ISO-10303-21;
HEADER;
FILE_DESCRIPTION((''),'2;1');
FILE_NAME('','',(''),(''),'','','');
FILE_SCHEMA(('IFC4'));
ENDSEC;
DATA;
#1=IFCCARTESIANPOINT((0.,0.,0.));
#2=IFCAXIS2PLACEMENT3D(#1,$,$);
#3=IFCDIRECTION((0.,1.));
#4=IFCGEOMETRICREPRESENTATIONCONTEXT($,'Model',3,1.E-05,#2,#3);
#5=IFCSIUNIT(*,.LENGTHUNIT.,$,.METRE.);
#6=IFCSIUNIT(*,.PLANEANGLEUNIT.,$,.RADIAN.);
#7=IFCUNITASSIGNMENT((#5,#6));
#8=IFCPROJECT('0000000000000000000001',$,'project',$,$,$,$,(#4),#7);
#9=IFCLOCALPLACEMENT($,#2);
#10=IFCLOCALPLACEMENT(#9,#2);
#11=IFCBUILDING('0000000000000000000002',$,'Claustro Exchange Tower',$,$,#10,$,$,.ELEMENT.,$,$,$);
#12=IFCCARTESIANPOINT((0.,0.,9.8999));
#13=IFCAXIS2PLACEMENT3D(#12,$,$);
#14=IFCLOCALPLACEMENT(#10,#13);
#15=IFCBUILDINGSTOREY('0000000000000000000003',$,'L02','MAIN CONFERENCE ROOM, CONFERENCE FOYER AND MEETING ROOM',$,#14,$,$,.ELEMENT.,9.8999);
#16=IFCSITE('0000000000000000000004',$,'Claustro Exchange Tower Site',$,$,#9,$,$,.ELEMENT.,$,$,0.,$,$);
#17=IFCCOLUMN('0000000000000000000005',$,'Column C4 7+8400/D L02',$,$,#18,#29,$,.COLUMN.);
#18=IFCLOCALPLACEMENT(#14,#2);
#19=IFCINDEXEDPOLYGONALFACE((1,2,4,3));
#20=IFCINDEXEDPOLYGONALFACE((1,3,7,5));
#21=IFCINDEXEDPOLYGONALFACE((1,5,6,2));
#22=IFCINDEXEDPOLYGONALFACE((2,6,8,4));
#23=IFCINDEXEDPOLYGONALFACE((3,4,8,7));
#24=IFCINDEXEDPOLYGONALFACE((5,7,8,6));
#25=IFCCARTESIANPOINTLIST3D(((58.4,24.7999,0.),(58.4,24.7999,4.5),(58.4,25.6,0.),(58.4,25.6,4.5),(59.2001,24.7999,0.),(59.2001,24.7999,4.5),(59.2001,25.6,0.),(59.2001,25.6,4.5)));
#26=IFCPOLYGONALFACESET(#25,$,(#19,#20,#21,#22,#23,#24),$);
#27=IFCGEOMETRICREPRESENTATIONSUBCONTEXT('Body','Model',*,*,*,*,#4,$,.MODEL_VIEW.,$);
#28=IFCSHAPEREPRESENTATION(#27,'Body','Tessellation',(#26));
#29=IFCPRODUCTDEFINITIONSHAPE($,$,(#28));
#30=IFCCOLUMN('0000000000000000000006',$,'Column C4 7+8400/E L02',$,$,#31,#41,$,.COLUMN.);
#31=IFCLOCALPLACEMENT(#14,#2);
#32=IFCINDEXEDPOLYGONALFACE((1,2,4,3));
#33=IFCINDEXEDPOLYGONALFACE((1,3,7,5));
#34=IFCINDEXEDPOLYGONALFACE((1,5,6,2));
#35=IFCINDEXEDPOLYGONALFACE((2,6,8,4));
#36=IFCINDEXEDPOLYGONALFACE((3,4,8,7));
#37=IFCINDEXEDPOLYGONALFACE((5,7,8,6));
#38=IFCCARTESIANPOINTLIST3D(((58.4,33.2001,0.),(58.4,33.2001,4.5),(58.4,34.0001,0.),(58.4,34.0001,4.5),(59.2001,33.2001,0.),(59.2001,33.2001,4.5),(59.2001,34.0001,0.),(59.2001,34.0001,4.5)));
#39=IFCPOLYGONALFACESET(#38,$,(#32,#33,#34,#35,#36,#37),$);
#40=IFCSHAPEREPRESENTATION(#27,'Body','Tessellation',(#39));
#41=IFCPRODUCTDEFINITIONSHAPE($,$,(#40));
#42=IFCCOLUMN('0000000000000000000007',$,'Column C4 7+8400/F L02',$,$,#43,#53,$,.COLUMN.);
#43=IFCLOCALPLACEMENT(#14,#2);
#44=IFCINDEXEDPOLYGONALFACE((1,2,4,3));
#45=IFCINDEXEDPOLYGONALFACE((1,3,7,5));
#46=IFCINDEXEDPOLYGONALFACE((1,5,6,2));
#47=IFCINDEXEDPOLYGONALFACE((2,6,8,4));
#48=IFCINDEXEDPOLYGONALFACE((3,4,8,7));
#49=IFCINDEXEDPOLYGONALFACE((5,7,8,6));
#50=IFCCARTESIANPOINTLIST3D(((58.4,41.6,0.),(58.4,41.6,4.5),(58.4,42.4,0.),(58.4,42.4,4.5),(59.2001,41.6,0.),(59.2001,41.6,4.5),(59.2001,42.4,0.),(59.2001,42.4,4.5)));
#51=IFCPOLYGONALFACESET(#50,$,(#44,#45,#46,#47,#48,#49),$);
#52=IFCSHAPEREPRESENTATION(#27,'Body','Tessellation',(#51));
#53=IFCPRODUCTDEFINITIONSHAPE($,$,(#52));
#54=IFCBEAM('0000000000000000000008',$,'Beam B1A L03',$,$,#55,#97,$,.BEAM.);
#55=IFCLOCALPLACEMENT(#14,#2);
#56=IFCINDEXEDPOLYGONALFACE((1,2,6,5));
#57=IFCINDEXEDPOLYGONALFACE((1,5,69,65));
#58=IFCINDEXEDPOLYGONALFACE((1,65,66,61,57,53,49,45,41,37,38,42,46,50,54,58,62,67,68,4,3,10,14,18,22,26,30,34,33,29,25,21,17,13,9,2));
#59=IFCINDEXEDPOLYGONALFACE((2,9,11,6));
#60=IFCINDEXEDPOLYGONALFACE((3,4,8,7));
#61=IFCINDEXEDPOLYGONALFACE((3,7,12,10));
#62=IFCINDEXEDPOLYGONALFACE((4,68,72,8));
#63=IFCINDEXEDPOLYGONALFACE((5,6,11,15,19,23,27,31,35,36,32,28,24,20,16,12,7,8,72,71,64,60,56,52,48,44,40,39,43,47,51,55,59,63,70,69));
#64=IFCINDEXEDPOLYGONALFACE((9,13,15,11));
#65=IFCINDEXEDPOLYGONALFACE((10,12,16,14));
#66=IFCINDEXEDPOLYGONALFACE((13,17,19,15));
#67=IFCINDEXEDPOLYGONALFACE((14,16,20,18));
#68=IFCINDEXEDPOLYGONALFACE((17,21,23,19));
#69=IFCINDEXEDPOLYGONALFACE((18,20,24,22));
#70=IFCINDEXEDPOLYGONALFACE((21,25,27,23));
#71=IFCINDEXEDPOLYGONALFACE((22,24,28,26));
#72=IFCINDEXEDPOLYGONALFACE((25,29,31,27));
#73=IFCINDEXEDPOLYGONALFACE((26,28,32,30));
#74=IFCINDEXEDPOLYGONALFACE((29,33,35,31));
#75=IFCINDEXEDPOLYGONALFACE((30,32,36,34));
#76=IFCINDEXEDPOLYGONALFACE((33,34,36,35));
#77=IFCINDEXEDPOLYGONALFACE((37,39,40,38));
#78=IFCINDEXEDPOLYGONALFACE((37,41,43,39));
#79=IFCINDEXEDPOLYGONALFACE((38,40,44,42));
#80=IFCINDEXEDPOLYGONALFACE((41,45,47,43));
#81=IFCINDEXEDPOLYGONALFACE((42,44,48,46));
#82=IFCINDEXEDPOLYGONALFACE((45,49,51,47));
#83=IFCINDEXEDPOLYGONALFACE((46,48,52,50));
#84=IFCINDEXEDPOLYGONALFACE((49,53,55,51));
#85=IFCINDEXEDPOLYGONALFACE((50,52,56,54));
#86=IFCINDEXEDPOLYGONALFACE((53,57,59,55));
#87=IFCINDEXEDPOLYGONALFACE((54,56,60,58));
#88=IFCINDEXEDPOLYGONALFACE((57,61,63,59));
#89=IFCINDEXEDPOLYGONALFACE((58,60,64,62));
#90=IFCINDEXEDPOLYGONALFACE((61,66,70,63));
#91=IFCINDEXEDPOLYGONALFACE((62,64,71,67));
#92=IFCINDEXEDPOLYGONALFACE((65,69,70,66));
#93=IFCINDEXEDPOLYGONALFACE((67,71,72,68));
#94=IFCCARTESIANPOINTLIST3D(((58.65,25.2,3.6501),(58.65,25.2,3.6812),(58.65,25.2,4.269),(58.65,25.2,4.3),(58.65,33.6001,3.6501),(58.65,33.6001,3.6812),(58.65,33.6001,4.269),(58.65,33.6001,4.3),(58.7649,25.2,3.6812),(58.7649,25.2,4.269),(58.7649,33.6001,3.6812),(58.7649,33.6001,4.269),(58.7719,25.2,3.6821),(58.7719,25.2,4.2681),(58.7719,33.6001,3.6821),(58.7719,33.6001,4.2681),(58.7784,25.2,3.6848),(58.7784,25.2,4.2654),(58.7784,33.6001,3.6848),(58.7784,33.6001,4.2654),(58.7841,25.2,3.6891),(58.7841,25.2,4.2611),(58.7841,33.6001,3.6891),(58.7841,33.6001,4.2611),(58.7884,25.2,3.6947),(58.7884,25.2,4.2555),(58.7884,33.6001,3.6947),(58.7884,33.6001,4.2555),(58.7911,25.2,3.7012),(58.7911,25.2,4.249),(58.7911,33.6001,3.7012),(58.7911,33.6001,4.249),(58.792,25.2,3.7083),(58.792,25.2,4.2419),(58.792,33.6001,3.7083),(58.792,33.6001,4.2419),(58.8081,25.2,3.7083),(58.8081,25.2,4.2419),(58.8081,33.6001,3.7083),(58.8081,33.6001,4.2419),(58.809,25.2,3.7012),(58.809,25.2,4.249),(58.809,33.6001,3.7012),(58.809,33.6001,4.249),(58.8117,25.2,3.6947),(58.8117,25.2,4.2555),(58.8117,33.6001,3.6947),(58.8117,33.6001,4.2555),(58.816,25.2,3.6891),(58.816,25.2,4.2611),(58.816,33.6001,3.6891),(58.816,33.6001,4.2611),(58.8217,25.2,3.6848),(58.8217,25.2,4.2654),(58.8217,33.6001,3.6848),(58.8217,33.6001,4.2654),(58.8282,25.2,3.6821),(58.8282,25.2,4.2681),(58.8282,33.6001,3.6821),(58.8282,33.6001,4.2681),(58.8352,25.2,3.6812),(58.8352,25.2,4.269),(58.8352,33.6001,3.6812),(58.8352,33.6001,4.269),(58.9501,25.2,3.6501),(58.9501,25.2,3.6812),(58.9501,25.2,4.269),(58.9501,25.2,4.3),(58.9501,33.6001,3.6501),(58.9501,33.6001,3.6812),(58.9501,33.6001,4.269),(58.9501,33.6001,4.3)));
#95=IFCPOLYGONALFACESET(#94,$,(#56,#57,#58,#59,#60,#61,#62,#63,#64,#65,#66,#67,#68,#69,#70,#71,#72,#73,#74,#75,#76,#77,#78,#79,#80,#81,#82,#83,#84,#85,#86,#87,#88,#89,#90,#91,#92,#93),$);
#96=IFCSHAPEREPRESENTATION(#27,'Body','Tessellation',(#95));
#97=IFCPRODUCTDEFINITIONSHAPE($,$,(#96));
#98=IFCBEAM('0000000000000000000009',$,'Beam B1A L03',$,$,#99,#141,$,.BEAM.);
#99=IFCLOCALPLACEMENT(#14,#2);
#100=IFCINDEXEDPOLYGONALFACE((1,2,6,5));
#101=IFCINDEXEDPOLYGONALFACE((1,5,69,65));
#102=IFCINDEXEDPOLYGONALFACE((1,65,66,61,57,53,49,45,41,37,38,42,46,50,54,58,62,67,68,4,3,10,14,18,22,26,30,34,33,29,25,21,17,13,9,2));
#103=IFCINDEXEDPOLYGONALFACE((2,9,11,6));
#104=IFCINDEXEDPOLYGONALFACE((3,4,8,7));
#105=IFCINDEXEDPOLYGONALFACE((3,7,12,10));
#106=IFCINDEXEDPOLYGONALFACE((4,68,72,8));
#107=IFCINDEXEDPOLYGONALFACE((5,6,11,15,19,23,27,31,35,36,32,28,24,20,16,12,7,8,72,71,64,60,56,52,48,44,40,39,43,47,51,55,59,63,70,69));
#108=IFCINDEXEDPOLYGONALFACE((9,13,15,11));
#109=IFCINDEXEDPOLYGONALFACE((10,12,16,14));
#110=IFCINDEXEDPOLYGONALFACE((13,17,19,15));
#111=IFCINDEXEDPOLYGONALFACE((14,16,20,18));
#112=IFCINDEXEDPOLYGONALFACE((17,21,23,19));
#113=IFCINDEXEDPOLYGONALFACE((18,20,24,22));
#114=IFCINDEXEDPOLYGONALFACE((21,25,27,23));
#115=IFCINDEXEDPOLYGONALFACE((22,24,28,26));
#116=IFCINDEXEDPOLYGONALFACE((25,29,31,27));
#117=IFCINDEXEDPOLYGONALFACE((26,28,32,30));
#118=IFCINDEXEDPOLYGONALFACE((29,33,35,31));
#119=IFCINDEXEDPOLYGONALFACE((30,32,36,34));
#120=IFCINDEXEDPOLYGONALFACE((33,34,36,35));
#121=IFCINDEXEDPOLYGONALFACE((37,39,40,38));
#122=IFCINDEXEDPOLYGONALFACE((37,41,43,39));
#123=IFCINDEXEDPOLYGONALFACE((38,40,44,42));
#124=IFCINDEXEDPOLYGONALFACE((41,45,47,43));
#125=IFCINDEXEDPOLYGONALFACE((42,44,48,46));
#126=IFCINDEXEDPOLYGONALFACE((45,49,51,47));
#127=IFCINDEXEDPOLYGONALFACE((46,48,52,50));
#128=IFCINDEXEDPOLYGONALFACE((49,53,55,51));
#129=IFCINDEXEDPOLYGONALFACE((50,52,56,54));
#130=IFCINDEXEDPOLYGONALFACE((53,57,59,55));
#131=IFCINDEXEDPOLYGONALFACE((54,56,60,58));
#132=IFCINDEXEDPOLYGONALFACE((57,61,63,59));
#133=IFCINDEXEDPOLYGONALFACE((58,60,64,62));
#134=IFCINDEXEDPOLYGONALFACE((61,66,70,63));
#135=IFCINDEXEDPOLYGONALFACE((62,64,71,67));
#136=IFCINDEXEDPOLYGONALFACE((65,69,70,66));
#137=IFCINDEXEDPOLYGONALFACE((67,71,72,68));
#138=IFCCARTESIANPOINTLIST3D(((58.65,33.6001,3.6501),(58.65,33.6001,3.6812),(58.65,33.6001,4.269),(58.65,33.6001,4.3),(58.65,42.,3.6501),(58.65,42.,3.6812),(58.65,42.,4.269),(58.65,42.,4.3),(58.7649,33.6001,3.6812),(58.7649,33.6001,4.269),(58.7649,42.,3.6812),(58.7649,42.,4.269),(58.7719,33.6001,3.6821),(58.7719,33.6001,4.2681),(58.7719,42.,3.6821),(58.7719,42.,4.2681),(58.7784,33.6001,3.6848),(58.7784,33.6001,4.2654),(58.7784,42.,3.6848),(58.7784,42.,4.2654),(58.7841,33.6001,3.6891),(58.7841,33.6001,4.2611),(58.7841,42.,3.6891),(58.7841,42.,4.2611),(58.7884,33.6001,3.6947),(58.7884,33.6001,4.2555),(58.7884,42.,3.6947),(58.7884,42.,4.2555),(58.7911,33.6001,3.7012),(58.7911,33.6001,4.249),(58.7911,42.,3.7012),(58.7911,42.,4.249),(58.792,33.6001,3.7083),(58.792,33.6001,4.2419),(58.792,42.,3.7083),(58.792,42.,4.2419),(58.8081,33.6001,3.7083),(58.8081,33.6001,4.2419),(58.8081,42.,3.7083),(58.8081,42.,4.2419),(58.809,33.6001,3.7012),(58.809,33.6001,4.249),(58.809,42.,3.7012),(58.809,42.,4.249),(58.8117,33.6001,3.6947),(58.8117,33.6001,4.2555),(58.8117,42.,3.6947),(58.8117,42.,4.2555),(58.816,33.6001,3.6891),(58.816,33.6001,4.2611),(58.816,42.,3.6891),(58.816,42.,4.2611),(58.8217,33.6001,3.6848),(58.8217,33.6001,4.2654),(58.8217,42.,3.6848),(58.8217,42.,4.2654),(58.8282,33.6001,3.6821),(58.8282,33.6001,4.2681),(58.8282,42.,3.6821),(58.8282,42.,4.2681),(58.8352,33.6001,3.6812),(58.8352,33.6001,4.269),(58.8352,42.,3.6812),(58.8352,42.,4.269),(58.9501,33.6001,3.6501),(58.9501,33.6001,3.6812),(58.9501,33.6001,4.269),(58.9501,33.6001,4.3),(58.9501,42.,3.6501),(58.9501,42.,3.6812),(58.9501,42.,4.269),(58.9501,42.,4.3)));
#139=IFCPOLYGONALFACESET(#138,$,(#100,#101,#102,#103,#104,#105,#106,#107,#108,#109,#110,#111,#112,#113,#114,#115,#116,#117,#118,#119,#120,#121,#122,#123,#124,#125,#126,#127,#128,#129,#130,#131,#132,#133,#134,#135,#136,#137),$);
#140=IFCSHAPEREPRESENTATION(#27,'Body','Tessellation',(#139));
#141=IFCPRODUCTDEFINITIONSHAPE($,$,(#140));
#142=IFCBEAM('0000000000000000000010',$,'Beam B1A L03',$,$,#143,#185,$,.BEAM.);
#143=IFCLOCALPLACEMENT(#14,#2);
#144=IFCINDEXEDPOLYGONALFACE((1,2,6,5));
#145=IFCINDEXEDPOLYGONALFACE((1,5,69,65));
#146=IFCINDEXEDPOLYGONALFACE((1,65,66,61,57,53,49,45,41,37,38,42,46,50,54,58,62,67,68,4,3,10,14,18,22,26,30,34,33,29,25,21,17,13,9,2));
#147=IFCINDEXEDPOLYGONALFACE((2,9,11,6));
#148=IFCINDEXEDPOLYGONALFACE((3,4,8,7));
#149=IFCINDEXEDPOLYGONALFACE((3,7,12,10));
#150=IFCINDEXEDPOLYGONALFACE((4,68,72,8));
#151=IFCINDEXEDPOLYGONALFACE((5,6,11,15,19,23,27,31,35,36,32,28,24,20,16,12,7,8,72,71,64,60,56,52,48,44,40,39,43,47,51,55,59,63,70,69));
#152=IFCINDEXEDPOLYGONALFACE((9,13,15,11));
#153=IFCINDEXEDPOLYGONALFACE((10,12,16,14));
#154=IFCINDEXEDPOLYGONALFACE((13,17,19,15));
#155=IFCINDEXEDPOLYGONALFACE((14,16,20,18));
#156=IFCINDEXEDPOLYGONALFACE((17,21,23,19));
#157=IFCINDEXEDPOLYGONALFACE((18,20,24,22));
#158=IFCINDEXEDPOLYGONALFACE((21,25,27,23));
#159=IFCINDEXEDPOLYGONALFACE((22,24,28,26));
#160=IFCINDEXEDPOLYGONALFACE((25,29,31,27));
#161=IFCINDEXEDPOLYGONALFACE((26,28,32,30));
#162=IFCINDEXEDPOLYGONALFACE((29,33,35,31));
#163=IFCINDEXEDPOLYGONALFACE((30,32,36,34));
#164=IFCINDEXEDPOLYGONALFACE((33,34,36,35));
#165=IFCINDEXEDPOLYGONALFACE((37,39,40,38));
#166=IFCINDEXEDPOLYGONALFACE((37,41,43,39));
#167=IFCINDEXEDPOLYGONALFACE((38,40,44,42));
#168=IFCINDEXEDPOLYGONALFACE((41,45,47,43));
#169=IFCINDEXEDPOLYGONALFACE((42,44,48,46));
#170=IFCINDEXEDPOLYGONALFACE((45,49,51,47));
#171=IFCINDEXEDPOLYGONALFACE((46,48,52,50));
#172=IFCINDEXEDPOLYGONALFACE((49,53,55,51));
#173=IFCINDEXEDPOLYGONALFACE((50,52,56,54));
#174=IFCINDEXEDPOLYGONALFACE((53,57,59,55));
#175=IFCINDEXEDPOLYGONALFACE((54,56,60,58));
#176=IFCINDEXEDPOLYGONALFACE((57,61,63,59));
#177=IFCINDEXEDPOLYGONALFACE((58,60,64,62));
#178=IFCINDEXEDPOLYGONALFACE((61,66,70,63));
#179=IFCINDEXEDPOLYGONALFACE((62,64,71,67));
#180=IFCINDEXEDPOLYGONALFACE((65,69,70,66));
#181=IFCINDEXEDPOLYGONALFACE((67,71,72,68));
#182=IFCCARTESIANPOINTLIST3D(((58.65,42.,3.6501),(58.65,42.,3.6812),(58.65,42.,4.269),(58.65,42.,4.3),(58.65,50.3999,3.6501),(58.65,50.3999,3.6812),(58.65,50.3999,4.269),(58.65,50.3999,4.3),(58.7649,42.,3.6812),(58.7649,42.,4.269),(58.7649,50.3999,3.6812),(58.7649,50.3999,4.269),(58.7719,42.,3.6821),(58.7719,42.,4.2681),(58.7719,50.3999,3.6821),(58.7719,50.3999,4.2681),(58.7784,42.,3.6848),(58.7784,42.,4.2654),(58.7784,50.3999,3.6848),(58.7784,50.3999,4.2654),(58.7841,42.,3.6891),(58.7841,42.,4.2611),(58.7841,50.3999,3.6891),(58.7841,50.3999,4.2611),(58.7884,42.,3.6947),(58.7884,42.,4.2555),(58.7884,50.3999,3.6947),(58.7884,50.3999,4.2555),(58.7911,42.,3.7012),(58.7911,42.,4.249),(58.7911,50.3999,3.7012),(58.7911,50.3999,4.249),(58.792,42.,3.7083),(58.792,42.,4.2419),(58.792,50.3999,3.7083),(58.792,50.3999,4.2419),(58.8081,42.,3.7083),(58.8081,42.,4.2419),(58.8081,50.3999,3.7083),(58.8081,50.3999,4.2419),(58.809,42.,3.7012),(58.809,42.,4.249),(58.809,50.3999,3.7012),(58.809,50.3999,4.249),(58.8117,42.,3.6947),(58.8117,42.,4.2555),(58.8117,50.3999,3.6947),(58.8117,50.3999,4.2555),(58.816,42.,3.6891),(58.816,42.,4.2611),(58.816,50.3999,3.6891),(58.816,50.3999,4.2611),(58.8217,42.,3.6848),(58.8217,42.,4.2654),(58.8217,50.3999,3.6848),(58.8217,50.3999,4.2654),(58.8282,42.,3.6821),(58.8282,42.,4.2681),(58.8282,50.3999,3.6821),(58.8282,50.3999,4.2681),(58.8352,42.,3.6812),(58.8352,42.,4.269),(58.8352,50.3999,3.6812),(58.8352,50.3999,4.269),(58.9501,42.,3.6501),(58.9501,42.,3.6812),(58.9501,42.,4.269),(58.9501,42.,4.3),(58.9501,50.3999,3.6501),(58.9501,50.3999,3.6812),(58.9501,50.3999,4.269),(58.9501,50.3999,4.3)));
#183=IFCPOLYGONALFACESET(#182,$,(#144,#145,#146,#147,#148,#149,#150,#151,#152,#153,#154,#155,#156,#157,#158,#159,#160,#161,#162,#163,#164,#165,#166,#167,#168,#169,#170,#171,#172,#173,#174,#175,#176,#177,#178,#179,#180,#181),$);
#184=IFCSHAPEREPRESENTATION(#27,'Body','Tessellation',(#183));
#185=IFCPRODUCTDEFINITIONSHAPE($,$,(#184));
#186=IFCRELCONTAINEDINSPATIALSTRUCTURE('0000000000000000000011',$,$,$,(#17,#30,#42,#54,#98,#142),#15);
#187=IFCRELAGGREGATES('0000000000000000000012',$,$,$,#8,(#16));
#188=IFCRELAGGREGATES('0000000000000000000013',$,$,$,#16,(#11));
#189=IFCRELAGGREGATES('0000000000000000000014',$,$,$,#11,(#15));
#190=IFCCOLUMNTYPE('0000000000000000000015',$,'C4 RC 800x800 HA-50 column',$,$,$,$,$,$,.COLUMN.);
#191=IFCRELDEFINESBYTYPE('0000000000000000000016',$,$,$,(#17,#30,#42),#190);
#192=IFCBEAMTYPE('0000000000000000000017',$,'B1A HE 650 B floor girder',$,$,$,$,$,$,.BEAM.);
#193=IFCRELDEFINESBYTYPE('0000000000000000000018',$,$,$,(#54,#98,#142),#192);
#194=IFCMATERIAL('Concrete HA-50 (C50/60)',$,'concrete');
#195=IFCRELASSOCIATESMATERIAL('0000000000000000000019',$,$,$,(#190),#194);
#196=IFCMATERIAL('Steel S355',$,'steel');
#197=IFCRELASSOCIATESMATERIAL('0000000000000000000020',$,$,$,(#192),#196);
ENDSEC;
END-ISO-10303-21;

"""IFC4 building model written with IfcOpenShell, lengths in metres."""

from ifc_helpers import new_model, si_unit, direction, frame, origin, origin_2d, place, context, subcontext, project, spatial, rectangle, i_section, extrude, material, material_profile, profile_set, type_object, element, save


model = new_model("IFC4")

# Units and contexts
model_context = context("Model", 3, precision=1e-05, world=origin(), true_north=direction((0.0, 1.0)))
body_context = subcontext(model_context, "Body", "Model", "MODEL_VIEW")
ifc_project = project(units=[si_unit("LENGTHUNIT", "METRE"), si_unit("PLANEANGLEUNIT", "RADIAN")], contexts=[model_context])

# Site, building, storey
site_placement = place(None, origin())
site = spatial("IfcSite", under=ifc_project, at=site_placement, Name="Claustro Exchange Tower Site", CompositionType="ELEMENT", RefElevation=0.0)
building_placement = place(site_placement, origin())
building = spatial("IfcBuilding", under=site, at=building_placement, Name="Claustro Exchange Tower", CompositionType="ELEMENT")
storey_placement = place(building_placement, frame((0.0, 0.0, 9.8999)))
storey = spatial("IfcBuildingStorey", under=building, at=storey_placement, Name="L02", Description="MAIN CONFERENCE ROOM, CONFERENCE FOYER AND MEETING ROOM", CompositionType="ELEMENT", Elevation=9.8999)

# Columns
ifc_material_1 = material(Name="Concrete HA-50 (C50/60)", Category="concrete")
ifc_material_profile_1 = material_profile(ifc_material_1, rectangle(XDim=0.8, YDim=0.8, at=origin_2d()), Name="RC 800x800")
ifc_profile_set_1 = profile_set([ifc_material_profile_1], Name="Concrete HA-50 (C50/60)")
column_type = type_object("IfcColumnType", Name="C4 RC 800x800 HA-50 column", PredefinedType="COLUMN", material=ifc_profile_set_1)
for number, where, z_axis, x_axis, name in (
    (1, (58.8, 25.2, 0.0), (0.0, 0.0, 1.0), (1.0, 0.0, 0.0), "Column C4 7+8400/D L02"),
    (2, (58.8, 33.6001, 0.0), (0.0, 0.0, 1.0), (1.0, 0.0, 0.0), "Column C4 7+8400/E L02"),
    (3, (58.8, 42.0, 0.0), (0.0, 0.0, 1.0), (1.0, 0.0, 0.0), "Column C4 7+8400/F L02"),
):
    element("IfcColumn", number, at=place(storey_placement, frame(where, z_axis=z_axis, x_axis=x_axis)), inside=storey, type_object=column_type, Name=name, PredefinedType="COLUMN", context=body_context, shape_type="SweptSolid", body=[
        extrude(rectangle(XDim=0.8, YDim=0.8, at=origin_2d()), origin(), (0.0, 0.0, 1.0), 4.5),
    ])

# Beams
ifc_material_2 = material(Name="Steel S355", Category="steel")
ifc_material_profile_2 = material_profile(ifc_material_2, i_section(OverallWidth=0.3, OverallDepth=0.6499, WebThickness=0.0161, FlangeThickness=0.031, FilletRadius=0.0271, at=origin_2d()), Name="HE 650 B")
ifc_profile_set_2 = profile_set([ifc_material_profile_2], Name="Steel S355")
beam_type_1 = type_object("IfcBeamType", Name="B1A HE 650 B floor girder", PredefinedType="BEAM", material=ifc_profile_set_2)
beam_1_placement = place(storey_placement, frame((58.8, 25.2, 3.9751), z_axis=(0.0, 1.0, 0.0), x_axis=(-1.0, 0.0, 0.0)))
element("IfcBeam", 4, at=beam_1_placement, inside=storey, type_object=beam_type_1, Name="Beam B1A L03", PredefinedType="BEAM", context=body_context, shape_type="SweptSolid", body=[
    extrude(i_section(OverallWidth=0.3, OverallDepth=0.6499, WebThickness=0.0161, FlangeThickness=0.031, FilletRadius=0.0271, at=origin_2d()), origin(), (0.0, 0.0, 1.0), 8.4001),
])
for number, where, z_axis, x_axis, name in (
    (5, (58.8, 33.6001, 3.9751), (0.0, 1.0, 0.0), (-1.0, 0.0, 0.0), "Beam B1A L03"),
    (6, (58.8, 42.0, 3.9751), (0.0, 1.0, 0.0), (-1.0, 0.0, 0.0), "Beam B1A L03"),
):
    element("IfcBeam", number, at=place(storey_placement, frame(where, z_axis=z_axis, x_axis=x_axis)), inside=storey, type_object=beam_type_1, Name=name, PredefinedType="BEAM", context=body_context, shape_type="SweptSolid", body=[
        extrude(i_section(OverallWidth=0.3, OverallDepth=0.6499, WebThickness=0.0161, FlangeThickness=0.031, FilletRadius=0.0271, at=origin_2d()), origin(), (0.0, 0.0, 1.0), 8.3999),
    ])

save(model, "model.ifc")
